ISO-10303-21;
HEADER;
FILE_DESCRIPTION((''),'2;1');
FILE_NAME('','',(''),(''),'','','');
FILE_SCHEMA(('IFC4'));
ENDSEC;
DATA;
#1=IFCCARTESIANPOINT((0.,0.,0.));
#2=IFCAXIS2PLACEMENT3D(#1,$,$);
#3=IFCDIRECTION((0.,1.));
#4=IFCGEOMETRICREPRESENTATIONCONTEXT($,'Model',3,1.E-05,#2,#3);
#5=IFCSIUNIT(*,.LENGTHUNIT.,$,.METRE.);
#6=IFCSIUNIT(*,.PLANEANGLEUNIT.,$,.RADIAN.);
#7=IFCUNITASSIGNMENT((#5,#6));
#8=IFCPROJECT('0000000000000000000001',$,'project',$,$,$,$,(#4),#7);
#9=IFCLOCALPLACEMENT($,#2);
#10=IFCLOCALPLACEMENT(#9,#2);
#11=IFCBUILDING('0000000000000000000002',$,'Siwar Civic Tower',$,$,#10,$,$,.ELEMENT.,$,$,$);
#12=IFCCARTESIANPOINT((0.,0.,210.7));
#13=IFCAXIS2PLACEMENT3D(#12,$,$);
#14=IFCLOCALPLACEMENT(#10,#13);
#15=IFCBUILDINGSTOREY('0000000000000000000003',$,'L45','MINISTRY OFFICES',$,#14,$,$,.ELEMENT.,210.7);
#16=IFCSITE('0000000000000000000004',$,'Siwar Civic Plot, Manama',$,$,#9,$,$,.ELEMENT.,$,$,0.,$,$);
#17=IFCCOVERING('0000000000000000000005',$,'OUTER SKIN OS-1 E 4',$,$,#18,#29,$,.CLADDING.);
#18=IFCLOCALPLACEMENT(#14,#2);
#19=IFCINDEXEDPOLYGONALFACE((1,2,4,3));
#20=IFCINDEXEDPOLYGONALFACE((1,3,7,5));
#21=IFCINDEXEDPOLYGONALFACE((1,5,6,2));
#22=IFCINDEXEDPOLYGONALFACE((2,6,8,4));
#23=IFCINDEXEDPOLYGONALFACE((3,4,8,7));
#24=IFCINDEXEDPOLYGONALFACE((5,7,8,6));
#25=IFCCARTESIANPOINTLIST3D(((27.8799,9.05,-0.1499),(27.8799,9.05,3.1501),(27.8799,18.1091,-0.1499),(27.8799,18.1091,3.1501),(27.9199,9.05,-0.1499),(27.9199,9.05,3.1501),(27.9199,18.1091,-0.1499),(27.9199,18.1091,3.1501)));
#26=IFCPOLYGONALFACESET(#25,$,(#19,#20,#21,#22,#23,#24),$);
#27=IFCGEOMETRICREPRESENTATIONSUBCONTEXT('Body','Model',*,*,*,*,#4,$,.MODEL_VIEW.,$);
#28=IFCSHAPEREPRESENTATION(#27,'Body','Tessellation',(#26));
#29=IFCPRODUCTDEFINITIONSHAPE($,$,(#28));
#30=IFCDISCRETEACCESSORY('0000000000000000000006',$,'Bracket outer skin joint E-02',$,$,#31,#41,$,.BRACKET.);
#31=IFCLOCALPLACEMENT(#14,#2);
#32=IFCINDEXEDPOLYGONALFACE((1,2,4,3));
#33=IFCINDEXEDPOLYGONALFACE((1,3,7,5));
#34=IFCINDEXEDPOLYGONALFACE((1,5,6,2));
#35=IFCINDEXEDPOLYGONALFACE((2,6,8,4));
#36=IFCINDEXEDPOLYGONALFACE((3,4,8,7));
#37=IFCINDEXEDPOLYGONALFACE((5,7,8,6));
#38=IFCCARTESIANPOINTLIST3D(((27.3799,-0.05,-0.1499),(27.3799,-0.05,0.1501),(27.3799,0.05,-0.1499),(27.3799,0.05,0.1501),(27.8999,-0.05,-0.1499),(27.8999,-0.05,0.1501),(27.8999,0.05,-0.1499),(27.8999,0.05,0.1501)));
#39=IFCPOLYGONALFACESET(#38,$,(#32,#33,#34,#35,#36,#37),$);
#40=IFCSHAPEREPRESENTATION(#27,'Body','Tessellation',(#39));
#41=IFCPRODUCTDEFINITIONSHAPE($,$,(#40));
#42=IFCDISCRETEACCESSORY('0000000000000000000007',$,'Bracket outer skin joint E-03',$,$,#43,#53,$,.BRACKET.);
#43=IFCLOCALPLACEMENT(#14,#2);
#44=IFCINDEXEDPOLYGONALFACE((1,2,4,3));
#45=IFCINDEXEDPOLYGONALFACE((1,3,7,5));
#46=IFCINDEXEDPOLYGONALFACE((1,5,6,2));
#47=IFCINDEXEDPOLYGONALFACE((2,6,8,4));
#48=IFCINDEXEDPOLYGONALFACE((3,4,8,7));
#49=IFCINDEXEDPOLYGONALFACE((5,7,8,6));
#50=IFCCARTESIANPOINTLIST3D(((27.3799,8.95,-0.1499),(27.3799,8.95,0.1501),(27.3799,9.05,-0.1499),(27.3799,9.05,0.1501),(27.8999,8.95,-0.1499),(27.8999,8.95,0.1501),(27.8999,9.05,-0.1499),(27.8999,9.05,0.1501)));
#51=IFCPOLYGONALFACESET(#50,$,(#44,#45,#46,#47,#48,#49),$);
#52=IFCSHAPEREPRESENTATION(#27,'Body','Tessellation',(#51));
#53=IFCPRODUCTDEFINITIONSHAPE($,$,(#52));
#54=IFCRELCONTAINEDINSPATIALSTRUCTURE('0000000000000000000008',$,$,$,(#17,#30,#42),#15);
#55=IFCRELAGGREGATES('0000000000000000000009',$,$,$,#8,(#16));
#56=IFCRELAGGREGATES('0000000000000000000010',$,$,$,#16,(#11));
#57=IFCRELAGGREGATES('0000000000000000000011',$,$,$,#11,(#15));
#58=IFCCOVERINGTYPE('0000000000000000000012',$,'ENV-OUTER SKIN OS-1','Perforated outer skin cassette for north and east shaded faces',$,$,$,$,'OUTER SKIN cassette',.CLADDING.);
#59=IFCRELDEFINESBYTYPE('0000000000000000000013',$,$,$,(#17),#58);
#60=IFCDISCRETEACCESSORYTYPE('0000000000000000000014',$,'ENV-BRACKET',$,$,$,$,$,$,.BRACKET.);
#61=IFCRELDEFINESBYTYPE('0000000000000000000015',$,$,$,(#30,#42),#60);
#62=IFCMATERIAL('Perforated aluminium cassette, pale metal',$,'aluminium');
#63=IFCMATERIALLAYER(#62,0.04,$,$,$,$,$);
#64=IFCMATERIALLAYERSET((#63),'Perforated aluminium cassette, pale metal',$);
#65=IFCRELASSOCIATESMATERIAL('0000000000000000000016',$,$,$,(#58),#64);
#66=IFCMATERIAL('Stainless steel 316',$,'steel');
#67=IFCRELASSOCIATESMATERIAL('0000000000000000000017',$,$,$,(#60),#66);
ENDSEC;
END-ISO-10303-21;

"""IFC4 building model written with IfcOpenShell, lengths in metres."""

from ifc_helpers import new_model, si_unit, direction, frame, origin, origin_2d, place, context, subcontext, project, spatial, rectangle, extrude, material, layer, layer_set, type_object, element, save


model = new_model("IFC4")

# Units and contexts
model_context = context("Model", 3, precision=1e-05, world=origin(), true_north=direction((0.0, 1.0)))
body_context = subcontext(model_context, "Body", "Model", "MODEL_VIEW")
ifc_project = project(units=[si_unit("LENGTHUNIT", "METRE"), si_unit("PLANEANGLEUNIT", "RADIAN")], contexts=[model_context])

# Site, building, storey
site_placement = place(None, origin())
site = spatial("IfcSite", under=ifc_project, at=site_placement, Name="Siwar Civic Plot, Manama", CompositionType="ELEMENT", RefElevation=0.0)
building_placement = place(site_placement, origin())
building = spatial("IfcBuilding", under=site, at=building_placement, Name="Siwar Civic Tower", CompositionType="ELEMENT")
storey_placement = place(building_placement, frame((0.0, 0.0, 210.7)))
storey = spatial("IfcBuildingStorey", under=building, at=storey_placement, Name="L45", Description="MINISTRY OFFICES", CompositionType="ELEMENT", Elevation=210.7)

# Covering
ifc_material_1 = material(Name="Perforated aluminium cassette, pale metal", Category="aluminium")
ifc_layer_1 = layer(ifc_material_1, 0.04)
ifc_layer_set_1 = layer_set([ifc_layer_1], Name="Perforated aluminium cassette, pale metal")
covering_type = type_object("IfcCoveringType", Name="ENV-OUTER SKIN OS-1", Description="Perforated outer skin cassette for north and east shaded faces", ElementType="OUTER SKIN cassette", PredefinedType="CLADDING", material=ifc_layer_set_1)
covering_1_placement = place(storey_placement, frame((27.8999, 13.5796, -0.1499), z_axis=(0.0, 0.0, 1.0), x_axis=(0.0, 1.0, 0.0)))
element("IfcCovering", 1, at=covering_1_placement, inside=storey, type_object=covering_type, Name="OUTER SKIN OS-1 E 4", PredefinedType="CLADDING", context=body_context, shape_type="SweptSolid", body=[
    extrude(rectangle(XDim=9.0591, YDim=0.04, at=origin_2d()), origin(), (0.0, 0.0, 1.0), 3.3),
])

# Discrete accessories
ifc_material_2 = material(Name="Stainless steel 316", Category="steel")
discrete_accessory_type = type_object("IfcDiscreteAccessoryType", Name="ENV-BRACKET", PredefinedType="BRACKET", material=ifc_material_2)
for number, where, z_axis, x_axis, name in (
    (2, (27.6399, 0.0, -0.1499), (0.0, 0.0, 1.0), (1.0, 0.0, 0.0), "Bracket outer skin joint E-02"),
    (3, (27.6399, 9.0, -0.1499), (0.0, 0.0, 1.0), (1.0, 0.0, 0.0), "Bracket outer skin joint E-03"),
):
    element("IfcDiscreteAccessory", number, at=place(storey_placement, frame(where, z_axis=z_axis, x_axis=x_axis)), inside=storey, type_object=discrete_accessory_type, Name=name, PredefinedType="BRACKET", context=body_context, shape_type="SweptSolid", body=[
        extrude(rectangle(XDim=0.52, YDim=0.1001, at=origin_2d()), origin(), (0.0, 0.0, 1.0), 0.3),
    ])

save(model, "model.ifc")
